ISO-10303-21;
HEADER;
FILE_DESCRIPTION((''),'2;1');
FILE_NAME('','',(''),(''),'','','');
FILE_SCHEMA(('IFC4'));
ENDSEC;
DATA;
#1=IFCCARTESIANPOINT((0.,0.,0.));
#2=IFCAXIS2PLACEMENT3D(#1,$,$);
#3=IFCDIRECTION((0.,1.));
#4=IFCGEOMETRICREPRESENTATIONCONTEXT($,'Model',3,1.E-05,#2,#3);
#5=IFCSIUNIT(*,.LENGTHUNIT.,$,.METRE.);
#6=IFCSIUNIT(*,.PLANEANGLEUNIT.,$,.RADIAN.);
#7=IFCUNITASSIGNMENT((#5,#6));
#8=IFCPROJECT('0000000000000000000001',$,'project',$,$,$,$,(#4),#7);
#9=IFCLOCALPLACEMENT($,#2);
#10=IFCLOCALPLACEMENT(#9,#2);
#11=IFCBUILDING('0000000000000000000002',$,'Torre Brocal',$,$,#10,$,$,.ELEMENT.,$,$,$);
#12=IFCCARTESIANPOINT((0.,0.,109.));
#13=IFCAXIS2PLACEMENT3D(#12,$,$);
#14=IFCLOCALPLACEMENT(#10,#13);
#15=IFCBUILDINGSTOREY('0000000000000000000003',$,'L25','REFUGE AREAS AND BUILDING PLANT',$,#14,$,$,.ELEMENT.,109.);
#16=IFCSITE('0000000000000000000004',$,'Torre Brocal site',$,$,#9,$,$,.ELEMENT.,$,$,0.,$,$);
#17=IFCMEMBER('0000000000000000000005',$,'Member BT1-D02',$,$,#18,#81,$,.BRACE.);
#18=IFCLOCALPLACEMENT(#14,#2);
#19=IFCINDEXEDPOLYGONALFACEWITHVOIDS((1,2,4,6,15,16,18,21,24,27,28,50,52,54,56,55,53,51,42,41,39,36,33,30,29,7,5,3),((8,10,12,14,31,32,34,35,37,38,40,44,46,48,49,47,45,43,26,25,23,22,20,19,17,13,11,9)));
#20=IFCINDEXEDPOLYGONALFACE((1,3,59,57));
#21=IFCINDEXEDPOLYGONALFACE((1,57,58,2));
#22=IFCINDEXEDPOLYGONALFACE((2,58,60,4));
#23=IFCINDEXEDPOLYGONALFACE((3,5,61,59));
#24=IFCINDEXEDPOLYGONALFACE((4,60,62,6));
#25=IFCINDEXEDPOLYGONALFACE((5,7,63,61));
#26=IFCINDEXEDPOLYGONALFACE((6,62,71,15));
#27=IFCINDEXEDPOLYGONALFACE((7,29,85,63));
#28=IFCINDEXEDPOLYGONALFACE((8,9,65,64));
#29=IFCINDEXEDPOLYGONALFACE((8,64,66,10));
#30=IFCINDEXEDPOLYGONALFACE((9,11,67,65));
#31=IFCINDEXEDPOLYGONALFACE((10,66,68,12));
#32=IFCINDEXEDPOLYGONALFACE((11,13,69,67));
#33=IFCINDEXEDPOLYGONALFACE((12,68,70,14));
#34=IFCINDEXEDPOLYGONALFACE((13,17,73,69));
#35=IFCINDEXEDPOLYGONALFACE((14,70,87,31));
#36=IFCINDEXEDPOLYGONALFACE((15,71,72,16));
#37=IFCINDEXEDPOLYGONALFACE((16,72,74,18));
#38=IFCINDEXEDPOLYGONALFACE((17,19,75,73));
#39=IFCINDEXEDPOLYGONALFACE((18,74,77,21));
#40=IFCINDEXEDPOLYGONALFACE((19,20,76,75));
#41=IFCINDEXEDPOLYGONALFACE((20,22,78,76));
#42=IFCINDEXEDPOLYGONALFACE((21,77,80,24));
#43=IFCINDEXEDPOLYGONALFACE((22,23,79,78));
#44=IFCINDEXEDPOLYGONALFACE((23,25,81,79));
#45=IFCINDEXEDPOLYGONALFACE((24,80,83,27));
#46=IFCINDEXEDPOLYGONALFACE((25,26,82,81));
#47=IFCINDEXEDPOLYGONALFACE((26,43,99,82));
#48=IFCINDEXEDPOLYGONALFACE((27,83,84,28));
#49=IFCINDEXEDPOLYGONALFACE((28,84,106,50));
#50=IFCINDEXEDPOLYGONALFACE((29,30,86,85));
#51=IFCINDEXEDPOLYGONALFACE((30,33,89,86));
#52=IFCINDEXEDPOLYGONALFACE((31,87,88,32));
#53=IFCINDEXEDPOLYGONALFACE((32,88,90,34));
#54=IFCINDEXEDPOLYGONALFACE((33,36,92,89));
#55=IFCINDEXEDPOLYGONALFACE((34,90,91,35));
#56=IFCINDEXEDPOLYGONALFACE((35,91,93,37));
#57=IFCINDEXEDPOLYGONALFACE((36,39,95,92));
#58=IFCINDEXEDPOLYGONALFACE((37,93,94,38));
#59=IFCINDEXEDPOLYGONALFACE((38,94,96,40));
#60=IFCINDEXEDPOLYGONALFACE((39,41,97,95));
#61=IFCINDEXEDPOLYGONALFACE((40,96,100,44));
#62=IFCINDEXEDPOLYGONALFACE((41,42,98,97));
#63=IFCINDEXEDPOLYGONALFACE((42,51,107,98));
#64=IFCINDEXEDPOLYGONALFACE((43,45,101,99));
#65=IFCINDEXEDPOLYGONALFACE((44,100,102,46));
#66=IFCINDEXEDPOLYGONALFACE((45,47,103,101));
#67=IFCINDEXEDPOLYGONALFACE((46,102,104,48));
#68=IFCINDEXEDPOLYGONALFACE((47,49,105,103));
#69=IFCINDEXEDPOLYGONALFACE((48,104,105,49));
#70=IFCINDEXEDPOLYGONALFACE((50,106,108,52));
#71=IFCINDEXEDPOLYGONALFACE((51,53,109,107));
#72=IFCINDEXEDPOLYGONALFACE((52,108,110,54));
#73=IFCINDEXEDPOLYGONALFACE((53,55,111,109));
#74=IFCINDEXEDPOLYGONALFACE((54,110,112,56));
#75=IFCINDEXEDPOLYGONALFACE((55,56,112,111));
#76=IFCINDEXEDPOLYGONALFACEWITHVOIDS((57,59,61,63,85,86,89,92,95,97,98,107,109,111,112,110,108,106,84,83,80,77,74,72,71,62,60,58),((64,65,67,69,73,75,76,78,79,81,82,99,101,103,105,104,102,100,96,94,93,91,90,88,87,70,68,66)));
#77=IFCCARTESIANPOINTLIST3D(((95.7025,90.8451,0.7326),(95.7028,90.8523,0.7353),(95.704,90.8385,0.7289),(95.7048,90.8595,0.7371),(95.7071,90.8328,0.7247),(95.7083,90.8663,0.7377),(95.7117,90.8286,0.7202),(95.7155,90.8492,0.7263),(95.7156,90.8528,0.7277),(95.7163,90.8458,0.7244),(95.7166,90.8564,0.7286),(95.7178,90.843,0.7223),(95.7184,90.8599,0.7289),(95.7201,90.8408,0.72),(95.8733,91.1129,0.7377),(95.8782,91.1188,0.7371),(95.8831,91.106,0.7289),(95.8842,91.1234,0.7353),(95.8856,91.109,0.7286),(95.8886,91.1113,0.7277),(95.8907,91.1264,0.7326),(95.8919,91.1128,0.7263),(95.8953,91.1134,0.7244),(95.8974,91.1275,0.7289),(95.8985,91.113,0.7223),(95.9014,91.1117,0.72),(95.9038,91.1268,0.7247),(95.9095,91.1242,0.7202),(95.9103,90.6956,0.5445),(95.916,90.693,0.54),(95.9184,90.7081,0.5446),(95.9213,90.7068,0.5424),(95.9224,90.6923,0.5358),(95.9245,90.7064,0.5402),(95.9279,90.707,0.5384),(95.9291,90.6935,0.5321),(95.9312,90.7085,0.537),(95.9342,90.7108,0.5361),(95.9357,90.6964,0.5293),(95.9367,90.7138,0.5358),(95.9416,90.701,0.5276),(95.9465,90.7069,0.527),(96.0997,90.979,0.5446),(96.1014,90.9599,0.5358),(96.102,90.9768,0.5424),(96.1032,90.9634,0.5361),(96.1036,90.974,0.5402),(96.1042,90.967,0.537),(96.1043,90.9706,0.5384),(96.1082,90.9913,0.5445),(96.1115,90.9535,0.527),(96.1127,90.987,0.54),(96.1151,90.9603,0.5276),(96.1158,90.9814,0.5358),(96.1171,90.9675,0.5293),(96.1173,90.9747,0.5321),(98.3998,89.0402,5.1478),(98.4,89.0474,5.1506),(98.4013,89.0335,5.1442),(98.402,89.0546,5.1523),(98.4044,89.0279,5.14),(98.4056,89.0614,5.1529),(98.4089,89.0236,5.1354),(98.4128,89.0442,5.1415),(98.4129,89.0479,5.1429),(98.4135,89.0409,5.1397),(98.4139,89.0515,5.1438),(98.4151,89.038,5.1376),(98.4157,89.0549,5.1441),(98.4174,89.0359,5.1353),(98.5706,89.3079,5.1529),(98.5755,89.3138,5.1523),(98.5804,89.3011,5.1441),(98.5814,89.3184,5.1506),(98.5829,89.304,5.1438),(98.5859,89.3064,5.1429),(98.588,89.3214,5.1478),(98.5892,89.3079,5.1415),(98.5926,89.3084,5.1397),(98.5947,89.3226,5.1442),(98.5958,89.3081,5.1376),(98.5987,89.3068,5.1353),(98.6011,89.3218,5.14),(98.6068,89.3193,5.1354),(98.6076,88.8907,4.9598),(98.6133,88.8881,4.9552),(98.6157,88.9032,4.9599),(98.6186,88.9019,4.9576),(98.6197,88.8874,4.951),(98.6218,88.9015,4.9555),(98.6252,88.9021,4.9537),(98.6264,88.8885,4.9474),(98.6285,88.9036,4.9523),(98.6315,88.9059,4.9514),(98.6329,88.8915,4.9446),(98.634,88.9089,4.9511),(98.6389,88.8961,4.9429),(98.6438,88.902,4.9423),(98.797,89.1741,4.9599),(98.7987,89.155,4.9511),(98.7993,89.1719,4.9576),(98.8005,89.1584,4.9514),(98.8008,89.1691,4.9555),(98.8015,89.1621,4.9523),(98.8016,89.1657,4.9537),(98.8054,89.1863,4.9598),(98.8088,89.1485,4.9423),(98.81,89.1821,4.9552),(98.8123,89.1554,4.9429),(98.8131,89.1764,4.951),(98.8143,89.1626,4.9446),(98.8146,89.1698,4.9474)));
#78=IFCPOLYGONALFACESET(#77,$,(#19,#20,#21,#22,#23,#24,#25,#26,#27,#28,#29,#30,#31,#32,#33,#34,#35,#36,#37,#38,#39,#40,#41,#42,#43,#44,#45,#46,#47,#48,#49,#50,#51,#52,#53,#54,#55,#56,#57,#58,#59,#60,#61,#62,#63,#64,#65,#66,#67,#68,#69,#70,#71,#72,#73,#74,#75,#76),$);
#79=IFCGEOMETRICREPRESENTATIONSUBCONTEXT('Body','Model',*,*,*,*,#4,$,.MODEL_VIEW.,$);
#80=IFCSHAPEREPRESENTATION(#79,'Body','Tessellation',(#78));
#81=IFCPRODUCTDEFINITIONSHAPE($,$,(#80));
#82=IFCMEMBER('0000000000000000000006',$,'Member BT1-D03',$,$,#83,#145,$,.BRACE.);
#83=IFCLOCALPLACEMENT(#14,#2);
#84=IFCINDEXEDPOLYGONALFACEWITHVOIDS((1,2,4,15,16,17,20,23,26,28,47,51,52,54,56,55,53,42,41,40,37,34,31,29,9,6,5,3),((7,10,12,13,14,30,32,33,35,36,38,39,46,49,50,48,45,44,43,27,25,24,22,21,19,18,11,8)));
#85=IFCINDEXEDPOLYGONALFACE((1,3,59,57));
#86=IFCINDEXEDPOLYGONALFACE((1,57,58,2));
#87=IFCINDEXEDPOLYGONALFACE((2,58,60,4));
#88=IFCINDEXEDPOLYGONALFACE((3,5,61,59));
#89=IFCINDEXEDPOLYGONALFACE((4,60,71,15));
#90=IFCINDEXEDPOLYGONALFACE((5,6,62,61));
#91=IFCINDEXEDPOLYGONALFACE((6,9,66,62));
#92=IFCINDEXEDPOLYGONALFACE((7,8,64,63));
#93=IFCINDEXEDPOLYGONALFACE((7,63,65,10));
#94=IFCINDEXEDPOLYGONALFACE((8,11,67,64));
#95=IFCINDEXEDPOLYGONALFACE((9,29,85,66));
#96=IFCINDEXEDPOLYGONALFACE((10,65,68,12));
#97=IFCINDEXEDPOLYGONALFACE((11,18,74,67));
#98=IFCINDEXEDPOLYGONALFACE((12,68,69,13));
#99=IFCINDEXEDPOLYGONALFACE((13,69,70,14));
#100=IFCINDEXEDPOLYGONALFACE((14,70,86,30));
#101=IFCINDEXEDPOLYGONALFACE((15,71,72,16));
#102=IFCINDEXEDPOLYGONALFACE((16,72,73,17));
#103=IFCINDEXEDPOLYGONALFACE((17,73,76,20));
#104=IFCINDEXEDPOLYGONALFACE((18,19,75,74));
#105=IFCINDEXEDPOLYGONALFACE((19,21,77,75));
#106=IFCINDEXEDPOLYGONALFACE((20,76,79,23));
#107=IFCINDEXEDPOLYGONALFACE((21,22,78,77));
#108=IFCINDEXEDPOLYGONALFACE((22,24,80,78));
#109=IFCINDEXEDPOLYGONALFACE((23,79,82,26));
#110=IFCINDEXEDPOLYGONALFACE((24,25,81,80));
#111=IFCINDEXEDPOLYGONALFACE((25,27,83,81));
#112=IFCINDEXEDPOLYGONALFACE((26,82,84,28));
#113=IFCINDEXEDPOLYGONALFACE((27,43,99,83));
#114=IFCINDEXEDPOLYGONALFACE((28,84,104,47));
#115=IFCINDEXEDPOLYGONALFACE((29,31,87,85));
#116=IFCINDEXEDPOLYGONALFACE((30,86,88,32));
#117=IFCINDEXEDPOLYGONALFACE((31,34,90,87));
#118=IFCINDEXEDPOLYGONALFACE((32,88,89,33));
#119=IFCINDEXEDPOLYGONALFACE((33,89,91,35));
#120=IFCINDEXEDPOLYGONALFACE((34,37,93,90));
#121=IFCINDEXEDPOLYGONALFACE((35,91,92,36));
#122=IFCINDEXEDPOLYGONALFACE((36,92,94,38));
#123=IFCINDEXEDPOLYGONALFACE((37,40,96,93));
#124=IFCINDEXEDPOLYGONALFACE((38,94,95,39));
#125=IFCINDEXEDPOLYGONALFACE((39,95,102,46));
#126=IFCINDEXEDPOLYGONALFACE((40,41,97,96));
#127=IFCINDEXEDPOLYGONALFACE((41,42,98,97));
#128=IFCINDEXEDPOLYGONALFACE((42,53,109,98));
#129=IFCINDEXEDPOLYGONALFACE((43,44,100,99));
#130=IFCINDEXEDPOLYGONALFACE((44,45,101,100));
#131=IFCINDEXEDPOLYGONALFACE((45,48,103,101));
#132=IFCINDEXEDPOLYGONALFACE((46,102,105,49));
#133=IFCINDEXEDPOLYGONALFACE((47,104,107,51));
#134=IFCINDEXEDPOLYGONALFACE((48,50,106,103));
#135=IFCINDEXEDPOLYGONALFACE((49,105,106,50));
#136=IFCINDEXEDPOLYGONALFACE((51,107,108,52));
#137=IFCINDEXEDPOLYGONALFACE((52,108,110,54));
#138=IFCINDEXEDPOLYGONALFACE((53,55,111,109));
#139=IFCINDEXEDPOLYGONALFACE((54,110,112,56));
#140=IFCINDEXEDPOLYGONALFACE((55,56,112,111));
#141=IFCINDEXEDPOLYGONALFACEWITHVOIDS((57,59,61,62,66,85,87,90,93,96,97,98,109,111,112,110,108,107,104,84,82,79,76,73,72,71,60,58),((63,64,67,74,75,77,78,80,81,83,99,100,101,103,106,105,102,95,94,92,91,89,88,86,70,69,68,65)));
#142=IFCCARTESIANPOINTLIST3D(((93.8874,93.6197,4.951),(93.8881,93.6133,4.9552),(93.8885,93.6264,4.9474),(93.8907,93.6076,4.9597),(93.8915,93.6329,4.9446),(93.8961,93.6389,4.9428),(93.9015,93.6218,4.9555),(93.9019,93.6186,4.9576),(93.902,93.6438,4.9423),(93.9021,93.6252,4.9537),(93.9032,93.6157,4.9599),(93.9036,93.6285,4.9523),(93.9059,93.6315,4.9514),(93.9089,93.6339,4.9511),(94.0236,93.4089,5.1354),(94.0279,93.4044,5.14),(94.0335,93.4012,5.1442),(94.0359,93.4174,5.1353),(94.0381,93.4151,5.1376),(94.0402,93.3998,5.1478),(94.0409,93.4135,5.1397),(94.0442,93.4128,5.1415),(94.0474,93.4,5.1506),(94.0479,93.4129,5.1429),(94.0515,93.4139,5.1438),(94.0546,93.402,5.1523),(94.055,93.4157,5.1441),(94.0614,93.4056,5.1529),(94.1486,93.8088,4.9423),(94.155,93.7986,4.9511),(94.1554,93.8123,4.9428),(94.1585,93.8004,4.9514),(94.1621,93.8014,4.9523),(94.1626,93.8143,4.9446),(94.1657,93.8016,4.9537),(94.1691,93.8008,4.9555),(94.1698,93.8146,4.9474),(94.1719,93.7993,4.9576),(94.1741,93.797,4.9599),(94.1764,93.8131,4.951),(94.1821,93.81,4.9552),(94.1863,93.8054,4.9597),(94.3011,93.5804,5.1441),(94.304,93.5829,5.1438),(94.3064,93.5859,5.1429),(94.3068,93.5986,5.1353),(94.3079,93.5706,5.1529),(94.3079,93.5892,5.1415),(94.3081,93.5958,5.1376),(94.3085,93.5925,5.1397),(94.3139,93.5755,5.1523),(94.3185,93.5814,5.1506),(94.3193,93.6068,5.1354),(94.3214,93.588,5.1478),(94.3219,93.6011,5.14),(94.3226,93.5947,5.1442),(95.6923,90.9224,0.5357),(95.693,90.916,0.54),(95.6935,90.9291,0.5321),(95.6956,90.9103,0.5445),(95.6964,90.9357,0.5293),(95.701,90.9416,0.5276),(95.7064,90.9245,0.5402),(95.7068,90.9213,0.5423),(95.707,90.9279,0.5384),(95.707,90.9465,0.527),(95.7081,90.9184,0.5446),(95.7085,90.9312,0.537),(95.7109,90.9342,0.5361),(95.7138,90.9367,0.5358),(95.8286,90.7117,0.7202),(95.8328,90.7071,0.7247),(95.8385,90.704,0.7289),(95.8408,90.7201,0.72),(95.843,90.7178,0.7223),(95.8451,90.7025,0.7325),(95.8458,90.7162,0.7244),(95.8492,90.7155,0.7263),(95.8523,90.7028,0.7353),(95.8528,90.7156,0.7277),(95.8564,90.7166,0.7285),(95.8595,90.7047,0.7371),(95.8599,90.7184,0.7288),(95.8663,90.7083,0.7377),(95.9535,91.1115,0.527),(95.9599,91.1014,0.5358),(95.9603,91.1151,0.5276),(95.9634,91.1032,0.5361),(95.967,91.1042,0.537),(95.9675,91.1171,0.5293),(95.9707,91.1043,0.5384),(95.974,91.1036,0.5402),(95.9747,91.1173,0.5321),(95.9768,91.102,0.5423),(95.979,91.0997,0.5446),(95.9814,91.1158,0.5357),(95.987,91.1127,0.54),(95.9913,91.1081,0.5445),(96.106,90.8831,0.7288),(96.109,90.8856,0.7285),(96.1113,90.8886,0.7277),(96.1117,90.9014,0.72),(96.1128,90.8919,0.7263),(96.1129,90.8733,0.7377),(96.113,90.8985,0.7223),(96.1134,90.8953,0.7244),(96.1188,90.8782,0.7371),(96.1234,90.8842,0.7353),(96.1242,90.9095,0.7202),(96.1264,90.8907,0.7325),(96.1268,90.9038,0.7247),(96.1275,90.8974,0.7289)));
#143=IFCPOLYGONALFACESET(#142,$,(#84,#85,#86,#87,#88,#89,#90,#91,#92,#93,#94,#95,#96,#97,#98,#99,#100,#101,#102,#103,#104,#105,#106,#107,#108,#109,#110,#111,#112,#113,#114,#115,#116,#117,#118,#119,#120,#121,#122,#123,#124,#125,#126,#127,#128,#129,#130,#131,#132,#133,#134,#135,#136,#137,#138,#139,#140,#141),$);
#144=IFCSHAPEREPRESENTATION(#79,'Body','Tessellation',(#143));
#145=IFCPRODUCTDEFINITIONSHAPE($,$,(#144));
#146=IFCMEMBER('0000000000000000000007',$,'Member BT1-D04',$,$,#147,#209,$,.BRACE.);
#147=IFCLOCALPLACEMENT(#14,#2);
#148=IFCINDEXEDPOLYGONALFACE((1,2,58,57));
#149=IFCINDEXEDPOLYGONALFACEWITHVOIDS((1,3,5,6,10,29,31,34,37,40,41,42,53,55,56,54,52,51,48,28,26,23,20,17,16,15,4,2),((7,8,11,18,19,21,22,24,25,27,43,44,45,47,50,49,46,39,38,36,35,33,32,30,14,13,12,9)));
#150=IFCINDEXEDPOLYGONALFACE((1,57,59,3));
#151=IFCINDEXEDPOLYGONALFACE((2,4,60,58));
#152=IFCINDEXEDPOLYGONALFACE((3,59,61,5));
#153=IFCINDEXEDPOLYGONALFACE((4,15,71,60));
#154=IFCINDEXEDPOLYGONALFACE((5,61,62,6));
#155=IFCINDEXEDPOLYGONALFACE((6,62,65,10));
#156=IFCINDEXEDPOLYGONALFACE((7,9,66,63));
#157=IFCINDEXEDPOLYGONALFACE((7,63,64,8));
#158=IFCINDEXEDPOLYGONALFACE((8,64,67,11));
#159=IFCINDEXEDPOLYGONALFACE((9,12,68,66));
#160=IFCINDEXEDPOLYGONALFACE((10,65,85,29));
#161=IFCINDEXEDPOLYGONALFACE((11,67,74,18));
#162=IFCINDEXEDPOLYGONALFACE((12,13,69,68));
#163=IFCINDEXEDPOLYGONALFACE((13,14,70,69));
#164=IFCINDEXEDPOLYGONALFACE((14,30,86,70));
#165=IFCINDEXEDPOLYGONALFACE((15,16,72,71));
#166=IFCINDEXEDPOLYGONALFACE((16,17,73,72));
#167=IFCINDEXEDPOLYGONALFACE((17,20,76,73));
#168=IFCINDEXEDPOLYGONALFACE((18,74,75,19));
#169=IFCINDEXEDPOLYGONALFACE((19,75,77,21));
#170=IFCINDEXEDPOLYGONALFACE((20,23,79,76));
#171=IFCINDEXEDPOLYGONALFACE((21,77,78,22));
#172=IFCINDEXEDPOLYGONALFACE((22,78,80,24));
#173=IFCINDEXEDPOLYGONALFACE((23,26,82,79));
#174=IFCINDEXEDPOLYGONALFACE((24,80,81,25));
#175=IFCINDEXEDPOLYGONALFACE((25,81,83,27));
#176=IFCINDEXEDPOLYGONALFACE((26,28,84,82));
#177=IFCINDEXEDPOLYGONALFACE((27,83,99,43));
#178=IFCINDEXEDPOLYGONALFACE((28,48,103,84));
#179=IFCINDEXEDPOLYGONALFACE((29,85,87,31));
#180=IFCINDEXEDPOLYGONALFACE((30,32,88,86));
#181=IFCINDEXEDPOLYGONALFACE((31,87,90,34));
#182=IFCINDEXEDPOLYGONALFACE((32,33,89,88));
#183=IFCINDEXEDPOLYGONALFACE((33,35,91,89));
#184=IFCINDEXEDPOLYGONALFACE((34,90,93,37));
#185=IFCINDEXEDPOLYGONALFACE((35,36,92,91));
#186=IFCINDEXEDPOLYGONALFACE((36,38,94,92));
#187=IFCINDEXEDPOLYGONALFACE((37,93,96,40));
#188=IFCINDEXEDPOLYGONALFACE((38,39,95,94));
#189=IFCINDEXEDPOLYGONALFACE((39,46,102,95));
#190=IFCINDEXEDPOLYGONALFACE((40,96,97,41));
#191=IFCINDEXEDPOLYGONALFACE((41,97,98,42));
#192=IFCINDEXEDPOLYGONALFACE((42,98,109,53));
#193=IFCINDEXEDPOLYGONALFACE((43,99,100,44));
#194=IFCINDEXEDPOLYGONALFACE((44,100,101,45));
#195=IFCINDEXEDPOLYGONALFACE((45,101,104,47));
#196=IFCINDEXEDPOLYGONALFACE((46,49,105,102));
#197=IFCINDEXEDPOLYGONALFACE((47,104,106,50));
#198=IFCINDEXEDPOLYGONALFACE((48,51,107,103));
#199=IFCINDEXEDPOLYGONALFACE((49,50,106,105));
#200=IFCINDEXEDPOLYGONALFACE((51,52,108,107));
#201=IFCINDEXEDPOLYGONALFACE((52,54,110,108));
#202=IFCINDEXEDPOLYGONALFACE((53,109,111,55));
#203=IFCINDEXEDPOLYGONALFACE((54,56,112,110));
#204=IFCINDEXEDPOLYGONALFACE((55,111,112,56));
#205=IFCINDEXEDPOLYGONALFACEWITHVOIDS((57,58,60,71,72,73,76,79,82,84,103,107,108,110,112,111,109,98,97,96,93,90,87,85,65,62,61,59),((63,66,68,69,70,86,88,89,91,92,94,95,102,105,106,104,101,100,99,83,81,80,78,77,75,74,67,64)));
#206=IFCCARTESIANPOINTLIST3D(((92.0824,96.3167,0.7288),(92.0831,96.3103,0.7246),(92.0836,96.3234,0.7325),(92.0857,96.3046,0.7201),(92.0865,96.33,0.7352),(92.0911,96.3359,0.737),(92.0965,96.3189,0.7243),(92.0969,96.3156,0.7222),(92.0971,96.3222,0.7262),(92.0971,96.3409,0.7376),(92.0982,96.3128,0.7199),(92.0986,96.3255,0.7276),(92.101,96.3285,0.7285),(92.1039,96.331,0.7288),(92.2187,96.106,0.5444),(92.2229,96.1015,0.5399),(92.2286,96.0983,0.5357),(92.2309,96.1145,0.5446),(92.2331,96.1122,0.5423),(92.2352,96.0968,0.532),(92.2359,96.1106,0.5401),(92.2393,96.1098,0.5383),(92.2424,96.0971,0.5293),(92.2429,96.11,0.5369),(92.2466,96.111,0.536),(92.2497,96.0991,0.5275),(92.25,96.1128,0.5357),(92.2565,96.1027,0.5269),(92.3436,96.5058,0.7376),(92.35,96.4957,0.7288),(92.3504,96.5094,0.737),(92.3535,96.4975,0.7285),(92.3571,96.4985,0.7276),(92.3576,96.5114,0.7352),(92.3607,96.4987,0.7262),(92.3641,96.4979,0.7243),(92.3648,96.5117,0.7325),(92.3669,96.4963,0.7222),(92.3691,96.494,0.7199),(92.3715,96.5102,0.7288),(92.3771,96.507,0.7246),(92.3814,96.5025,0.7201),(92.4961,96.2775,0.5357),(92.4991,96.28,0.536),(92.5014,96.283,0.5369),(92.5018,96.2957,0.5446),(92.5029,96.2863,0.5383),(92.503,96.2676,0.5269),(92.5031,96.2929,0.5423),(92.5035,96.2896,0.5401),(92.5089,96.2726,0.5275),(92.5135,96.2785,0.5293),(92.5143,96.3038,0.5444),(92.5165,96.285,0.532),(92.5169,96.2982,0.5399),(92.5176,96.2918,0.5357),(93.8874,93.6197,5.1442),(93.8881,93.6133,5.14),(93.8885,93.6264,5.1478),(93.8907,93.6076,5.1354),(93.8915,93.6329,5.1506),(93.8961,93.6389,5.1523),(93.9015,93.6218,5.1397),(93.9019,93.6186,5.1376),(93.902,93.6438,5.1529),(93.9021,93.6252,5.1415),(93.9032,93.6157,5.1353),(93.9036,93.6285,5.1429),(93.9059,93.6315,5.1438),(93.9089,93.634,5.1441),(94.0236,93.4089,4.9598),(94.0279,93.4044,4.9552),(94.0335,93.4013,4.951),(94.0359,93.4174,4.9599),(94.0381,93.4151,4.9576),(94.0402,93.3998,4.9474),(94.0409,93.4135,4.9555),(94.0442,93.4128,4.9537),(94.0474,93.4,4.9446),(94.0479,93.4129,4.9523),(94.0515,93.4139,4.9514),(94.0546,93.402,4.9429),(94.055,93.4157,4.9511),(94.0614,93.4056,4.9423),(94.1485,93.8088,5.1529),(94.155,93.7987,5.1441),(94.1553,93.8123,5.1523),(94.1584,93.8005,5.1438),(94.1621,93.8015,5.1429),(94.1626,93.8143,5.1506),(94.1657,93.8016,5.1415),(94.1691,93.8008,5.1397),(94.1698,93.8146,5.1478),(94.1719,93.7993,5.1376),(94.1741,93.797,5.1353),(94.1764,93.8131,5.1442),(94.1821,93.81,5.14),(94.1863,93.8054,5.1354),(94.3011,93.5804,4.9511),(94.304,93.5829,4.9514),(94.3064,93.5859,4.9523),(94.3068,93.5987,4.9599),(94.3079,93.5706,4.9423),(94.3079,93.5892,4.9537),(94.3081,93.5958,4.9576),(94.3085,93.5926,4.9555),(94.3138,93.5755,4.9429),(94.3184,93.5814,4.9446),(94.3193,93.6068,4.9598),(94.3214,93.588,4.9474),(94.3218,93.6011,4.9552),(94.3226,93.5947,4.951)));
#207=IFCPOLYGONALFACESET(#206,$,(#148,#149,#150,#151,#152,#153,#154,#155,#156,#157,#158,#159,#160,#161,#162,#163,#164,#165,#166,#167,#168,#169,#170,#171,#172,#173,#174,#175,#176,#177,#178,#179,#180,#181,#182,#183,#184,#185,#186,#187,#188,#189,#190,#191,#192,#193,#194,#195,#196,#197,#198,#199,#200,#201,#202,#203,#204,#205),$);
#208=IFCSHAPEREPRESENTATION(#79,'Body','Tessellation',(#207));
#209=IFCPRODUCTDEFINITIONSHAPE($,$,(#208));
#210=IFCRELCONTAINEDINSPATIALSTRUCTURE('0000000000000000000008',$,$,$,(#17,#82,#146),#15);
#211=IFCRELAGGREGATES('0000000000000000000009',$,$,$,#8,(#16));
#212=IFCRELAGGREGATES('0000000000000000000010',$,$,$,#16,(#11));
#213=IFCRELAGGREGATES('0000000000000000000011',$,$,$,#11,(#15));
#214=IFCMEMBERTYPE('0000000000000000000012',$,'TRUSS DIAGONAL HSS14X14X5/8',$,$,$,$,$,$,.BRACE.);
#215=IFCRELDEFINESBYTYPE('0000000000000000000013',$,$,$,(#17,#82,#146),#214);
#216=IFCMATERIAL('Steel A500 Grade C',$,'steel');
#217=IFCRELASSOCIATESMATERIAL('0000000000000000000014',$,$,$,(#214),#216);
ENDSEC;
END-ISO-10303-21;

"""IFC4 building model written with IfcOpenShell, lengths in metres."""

from ifc_helpers import new_model, si_unit, direction, frame, origin, origin_2d, place, context, subcontext, project, spatial, hollow_rectangle, extrude, material, material_profile, profile_set, type_object, element, save


model = new_model("IFC4")

# Units and contexts
model_context = context("Model", 3, precision=1e-05, world=origin(), true_north=direction((0.0, 1.0)))
body_context = subcontext(model_context, "Body", "Model", "MODEL_VIEW")
ifc_project = project(units=[si_unit("LENGTHUNIT", "METRE"), si_unit("PLANEANGLEUNIT", "RADIAN")], contexts=[model_context])

# Site, building, storey
site_placement = place(None, origin())
site = spatial("IfcSite", under=ifc_project, at=site_placement, Name="Torre Brocal site", CompositionType="ELEMENT", RefElevation=0.0)
building_placement = place(site_placement, origin())
building = spatial("IfcBuilding", under=site, at=building_placement, Name="Torre Brocal", CompositionType="ELEMENT")
storey_placement = place(building_placement, frame((0.0, 0.0, 109.0)))
storey = spatial("IfcBuildingStorey", under=building, at=storey_placement, Name="L25", Description="REFUGE AREAS AND BUILDING PLANT", CompositionType="ELEMENT", Elevation=109.0)

# Members
ifc_material_1 = material(Name="Steel A500 Grade C", Category="steel")
ifc_material_profile_1 = material_profile(ifc_material_1, hollow_rectangle(XDim=0.3557, YDim=0.3557, WallThickness=0.0149, InnerFilletRadius=0.0149, OuterFilletRadius=0.0295, at=origin_2d()), Name="HSS14X14X5/8")
ifc_profile_set_1 = profile_set([ifc_material_profile_1], Name="Steel A500 Grade C")
member_type_1 = type_object("IfcMemberType", Name="TRUSS DIAGONAL HSS14X14X5/8", PredefinedType="BRACE", material=ifc_profile_set_1)
for number, where, z_axis, x_axis, name in (
    (1, (98.6072, 89.105, 5.0476), (-0.492224, 0.329382, -0.805744), (-0.55614, -0.831088, 0.0), "Member BT1-D02"),
    (2, (95.9099, 90.9099, 0.6323), (-0.329382, 0.492224, 0.805744), (-0.831088, -0.55614, 0.0), "Member BT1-D03"),
    (3, (94.105, 93.6072, 5.0476), (-0.329389, 0.49219, -0.805762), (-0.831065, -0.556175, 0.0), "Member BT1-D04"),
):
    element("IfcMember", number, at=place(storey_placement, frame(where, z_axis=z_axis, x_axis=x_axis)), inside=storey, type_object=member_type_1, Name=name, PredefinedType="BRACE", context=body_context, shape_type="SweptSolid", body=[
        extrude(hollow_rectangle(XDim=0.3557, YDim=0.3557, WallThickness=0.0149, InnerFilletRadius=0.0149, OuterFilletRadius=0.0295, at=origin_2d()), origin(), (0.0, 0.0, 1.0), 5.4797),
    ])

save(model, "model.ifc")
